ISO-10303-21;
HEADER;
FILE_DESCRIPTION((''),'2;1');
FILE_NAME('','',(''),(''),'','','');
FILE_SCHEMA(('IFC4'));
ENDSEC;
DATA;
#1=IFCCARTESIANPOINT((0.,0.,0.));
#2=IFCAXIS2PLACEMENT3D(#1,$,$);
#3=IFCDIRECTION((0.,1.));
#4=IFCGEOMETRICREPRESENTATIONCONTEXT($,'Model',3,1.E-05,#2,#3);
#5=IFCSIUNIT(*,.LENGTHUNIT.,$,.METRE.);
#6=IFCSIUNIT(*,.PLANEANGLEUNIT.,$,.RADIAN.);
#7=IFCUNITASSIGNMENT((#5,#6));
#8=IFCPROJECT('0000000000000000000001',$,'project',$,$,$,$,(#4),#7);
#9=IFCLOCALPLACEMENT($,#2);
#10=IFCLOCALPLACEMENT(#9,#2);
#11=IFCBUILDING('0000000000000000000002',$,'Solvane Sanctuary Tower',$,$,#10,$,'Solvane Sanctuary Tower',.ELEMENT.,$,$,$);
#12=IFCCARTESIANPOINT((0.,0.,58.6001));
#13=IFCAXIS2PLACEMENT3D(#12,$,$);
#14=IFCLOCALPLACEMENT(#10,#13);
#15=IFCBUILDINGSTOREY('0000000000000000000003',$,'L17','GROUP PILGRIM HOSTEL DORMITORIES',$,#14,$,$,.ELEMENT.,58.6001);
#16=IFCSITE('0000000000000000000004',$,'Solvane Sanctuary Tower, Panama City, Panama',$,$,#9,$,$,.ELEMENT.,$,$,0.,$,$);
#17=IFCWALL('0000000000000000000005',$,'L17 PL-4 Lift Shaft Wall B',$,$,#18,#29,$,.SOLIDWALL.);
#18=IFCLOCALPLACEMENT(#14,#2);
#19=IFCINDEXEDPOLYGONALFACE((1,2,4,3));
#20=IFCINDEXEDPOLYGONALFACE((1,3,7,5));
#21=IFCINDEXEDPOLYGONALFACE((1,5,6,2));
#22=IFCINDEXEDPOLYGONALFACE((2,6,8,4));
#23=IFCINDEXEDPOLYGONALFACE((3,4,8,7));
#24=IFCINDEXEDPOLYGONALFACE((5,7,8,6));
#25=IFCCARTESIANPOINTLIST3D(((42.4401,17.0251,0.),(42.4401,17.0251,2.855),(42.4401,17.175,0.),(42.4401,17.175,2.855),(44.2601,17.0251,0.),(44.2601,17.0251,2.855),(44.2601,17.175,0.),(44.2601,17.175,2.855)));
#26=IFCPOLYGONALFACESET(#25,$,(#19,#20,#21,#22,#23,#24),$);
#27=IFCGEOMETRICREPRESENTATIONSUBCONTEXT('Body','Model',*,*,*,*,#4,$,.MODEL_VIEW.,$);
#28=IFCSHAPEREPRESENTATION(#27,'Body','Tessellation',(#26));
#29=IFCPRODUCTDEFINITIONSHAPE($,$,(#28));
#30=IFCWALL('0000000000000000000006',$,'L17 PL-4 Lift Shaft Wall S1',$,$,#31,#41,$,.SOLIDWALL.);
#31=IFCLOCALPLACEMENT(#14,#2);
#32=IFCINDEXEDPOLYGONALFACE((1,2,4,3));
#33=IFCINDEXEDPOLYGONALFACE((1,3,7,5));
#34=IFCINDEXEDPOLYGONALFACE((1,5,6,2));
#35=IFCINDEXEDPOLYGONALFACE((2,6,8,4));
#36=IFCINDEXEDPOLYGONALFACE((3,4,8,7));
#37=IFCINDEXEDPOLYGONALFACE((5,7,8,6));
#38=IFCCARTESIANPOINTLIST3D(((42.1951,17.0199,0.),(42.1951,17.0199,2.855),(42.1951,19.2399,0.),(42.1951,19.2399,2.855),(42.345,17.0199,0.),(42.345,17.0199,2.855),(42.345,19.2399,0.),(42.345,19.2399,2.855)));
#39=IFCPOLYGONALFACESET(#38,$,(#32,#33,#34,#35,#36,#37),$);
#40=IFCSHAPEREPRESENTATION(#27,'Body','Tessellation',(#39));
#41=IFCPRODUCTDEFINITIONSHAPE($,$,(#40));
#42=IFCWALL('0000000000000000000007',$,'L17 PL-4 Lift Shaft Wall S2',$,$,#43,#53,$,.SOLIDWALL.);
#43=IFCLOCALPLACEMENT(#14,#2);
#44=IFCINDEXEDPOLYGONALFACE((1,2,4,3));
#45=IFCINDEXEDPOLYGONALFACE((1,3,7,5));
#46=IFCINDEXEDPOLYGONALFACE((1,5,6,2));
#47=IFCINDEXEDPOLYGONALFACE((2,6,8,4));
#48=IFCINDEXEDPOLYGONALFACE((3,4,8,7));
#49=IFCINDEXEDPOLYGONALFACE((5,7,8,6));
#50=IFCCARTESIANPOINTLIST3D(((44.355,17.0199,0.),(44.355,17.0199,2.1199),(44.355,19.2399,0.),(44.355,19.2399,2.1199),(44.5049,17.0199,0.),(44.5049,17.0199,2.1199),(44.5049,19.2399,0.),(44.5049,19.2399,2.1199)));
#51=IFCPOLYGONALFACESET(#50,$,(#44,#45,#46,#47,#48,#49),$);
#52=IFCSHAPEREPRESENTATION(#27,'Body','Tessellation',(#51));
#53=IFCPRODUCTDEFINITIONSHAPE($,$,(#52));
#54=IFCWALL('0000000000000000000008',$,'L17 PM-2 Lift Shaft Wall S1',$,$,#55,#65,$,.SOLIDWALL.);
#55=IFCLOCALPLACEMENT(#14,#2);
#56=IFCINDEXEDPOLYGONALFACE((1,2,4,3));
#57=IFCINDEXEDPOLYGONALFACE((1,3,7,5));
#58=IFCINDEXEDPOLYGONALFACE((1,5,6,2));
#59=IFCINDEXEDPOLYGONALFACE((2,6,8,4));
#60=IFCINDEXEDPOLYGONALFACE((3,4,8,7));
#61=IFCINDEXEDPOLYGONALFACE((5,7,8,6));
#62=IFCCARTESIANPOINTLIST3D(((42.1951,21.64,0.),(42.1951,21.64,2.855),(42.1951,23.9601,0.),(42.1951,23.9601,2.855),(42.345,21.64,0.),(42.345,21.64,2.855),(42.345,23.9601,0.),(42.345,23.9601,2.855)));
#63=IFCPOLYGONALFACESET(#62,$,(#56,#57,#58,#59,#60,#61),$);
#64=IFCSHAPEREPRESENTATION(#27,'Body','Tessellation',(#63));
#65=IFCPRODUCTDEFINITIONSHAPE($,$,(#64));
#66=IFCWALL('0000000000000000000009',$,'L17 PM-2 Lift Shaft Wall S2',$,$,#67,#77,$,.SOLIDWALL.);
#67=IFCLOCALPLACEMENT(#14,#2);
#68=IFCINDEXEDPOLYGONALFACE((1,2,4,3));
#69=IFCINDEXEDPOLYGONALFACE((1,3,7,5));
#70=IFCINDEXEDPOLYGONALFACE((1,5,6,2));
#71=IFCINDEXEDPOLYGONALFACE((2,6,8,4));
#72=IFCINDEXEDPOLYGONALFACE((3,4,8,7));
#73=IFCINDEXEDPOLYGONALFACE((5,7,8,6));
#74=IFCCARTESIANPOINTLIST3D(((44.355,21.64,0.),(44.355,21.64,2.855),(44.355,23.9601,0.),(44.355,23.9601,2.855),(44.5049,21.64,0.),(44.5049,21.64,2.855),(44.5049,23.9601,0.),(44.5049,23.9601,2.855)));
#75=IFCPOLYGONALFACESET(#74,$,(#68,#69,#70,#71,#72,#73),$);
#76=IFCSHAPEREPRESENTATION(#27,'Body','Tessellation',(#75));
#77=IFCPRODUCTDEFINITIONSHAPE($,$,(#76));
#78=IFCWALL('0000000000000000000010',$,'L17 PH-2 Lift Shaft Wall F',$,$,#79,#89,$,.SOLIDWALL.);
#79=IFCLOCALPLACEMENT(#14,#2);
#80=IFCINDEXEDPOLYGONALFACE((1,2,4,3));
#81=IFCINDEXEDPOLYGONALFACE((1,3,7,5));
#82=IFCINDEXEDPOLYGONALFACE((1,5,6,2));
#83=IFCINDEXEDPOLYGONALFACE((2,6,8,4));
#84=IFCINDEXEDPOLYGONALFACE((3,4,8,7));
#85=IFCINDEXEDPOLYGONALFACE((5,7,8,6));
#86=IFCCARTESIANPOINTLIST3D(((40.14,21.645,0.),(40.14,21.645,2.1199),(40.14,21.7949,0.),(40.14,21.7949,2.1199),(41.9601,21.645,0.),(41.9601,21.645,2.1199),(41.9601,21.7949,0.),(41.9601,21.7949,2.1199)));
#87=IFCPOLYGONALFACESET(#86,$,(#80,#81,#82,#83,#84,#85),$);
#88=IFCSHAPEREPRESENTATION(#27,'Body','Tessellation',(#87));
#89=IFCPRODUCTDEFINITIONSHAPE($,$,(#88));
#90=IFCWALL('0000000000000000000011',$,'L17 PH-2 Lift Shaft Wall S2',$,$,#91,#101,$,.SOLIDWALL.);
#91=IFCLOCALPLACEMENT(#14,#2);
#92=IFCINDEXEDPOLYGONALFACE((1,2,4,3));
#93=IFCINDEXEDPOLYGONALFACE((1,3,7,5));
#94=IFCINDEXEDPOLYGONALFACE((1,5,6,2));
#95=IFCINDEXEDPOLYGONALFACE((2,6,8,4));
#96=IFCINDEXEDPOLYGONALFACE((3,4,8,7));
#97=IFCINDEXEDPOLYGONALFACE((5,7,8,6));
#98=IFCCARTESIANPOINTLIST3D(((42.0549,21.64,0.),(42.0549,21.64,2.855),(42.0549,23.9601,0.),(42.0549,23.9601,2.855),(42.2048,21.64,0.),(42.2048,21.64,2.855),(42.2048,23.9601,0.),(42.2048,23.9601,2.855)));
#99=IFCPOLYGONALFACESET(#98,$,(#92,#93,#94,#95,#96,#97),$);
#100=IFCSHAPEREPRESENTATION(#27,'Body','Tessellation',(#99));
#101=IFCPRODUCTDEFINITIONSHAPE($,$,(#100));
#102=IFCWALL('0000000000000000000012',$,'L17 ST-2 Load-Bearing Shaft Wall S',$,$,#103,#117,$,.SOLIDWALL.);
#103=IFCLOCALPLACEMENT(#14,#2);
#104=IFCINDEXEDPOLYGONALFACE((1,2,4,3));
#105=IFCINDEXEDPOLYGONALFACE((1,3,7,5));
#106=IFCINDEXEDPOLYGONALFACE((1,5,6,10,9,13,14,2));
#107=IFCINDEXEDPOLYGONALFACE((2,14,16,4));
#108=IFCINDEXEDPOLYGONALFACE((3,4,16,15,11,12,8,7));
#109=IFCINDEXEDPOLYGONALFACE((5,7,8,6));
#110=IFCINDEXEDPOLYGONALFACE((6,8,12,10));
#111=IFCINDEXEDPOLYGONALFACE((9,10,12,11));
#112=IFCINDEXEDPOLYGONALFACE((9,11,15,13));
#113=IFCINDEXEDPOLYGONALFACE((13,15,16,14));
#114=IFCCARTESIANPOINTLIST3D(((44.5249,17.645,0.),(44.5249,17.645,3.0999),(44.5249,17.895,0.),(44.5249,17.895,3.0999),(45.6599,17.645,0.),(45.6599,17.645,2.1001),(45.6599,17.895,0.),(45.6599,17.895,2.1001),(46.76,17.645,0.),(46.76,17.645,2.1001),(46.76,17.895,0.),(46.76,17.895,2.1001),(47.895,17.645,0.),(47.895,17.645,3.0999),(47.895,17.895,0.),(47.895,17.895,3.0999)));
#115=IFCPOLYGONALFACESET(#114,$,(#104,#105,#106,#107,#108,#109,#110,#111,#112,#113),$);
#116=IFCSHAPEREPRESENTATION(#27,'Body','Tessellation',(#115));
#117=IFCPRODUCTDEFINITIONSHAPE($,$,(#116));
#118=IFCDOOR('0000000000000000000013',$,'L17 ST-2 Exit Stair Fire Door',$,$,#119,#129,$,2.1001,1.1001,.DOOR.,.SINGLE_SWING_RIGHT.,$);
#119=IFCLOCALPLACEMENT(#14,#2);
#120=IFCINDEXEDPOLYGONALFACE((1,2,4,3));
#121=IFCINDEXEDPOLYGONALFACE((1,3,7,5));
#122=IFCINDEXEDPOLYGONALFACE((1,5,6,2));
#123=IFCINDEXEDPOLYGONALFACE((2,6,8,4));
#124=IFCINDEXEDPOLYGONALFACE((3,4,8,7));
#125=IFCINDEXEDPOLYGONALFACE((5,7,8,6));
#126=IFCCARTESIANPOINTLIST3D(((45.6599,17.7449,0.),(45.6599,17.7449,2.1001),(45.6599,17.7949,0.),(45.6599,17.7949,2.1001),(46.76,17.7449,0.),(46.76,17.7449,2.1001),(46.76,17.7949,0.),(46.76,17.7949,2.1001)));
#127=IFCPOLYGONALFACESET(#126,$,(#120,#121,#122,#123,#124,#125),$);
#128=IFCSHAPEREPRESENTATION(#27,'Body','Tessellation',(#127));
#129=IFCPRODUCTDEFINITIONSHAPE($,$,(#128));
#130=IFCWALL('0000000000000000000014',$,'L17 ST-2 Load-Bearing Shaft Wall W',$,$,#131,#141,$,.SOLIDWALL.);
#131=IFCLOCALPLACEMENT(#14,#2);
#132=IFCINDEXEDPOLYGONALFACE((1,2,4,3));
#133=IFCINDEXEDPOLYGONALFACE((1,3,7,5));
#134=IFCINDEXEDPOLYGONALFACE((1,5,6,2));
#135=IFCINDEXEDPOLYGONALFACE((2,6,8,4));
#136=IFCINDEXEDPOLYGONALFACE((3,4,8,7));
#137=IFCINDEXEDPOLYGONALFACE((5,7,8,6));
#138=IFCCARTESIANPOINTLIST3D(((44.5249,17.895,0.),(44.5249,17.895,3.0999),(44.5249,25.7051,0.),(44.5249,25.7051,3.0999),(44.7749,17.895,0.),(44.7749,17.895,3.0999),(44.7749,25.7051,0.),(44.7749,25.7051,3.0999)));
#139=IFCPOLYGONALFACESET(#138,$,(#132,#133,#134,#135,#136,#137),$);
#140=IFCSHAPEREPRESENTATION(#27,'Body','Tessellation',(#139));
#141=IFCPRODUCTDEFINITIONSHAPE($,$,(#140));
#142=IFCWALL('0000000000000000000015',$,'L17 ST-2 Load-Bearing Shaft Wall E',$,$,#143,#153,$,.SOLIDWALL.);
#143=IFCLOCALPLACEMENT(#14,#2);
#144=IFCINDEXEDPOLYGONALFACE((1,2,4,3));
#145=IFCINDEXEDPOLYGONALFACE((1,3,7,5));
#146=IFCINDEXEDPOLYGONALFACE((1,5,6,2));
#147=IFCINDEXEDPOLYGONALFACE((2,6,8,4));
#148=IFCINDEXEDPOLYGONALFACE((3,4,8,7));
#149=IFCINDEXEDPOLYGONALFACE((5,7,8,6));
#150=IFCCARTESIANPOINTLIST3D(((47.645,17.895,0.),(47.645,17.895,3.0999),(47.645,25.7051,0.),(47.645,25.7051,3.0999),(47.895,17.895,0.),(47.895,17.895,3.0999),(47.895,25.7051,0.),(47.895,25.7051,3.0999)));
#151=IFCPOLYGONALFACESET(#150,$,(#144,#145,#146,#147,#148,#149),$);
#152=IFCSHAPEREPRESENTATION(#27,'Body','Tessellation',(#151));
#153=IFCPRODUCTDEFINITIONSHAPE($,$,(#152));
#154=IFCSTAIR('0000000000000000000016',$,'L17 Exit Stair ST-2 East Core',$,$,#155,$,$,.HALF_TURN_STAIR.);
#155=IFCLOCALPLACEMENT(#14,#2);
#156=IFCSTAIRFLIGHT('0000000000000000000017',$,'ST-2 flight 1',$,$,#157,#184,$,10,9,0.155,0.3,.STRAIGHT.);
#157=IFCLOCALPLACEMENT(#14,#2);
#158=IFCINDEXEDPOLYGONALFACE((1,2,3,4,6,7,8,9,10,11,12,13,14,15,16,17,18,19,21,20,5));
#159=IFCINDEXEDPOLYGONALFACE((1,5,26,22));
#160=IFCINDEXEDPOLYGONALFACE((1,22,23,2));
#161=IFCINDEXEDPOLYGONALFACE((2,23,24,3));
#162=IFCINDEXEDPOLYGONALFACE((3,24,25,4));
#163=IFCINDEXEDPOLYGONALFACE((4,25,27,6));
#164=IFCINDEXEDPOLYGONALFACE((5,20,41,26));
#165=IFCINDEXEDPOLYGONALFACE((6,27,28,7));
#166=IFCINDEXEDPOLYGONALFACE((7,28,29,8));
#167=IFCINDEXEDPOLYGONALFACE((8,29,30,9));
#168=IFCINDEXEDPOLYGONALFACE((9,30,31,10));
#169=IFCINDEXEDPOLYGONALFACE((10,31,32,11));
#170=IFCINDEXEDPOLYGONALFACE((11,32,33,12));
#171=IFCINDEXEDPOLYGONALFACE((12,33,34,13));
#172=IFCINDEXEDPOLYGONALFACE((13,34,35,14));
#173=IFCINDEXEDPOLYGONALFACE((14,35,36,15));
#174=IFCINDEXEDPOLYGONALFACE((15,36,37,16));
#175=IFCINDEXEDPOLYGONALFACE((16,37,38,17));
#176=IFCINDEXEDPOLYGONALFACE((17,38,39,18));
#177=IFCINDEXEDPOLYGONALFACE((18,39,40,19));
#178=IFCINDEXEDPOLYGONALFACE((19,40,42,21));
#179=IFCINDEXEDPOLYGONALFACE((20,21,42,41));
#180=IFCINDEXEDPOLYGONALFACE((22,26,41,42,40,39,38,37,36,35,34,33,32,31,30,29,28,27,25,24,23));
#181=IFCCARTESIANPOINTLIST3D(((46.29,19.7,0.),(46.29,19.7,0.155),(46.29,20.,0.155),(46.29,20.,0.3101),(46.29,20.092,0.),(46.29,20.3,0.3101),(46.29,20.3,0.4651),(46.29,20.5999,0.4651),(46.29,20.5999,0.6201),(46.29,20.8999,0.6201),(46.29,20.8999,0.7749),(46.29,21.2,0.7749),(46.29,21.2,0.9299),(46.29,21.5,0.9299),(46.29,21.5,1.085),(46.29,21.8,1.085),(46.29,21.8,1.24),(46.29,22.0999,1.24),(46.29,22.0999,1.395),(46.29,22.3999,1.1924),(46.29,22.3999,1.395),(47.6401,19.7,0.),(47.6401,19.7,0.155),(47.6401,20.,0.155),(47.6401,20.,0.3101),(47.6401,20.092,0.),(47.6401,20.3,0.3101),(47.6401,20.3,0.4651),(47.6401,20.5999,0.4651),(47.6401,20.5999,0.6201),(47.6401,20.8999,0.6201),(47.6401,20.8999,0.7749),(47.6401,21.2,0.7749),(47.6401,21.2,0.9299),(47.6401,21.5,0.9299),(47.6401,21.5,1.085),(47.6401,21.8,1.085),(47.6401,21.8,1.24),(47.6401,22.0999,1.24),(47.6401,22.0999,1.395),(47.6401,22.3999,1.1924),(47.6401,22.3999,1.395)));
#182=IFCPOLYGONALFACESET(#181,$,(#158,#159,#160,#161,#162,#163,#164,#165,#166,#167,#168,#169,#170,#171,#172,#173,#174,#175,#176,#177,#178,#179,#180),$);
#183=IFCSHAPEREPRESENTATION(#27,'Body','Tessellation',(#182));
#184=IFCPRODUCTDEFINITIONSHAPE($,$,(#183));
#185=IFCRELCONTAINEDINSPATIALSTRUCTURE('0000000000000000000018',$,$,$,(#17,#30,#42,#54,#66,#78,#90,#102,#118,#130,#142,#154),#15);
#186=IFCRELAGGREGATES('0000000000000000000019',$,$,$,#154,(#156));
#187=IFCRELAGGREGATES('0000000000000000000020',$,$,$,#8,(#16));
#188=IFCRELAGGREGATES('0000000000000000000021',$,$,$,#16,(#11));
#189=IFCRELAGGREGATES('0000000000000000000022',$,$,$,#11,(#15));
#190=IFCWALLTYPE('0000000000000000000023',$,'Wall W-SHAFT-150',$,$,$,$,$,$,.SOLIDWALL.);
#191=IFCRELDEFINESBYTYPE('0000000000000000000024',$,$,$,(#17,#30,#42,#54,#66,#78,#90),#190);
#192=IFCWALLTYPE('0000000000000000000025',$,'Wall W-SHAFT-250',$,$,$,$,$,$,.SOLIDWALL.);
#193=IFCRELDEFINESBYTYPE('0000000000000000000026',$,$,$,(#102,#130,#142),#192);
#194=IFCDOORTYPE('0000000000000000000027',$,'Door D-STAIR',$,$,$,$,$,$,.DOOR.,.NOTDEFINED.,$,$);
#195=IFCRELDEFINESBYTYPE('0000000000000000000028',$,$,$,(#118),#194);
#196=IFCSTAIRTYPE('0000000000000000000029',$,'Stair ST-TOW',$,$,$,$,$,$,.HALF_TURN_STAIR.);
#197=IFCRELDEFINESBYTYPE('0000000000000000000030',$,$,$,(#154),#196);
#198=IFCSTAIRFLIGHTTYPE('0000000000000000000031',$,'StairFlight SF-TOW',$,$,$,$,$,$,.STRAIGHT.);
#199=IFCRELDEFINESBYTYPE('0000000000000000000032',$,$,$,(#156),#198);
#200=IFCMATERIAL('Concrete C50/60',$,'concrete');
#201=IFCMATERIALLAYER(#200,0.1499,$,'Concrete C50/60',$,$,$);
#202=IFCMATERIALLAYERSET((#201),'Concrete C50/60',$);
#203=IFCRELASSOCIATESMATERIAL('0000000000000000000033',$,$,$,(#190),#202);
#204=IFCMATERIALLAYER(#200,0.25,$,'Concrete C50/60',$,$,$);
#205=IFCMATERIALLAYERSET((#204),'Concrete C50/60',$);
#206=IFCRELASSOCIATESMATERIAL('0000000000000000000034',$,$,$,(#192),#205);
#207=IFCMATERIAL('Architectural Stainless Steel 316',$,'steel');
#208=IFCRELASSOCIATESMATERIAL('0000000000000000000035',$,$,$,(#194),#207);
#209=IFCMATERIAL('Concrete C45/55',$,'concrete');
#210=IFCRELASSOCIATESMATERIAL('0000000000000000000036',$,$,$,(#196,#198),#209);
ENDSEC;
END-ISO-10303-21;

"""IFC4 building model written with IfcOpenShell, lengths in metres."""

from ifc_helpers import new_model, si_unit, direction, frame, frame_2d, origin, place, context, subcontext, project, spatial, polyline, rectangle, outline, extrude, material, layer, layer_set, type_object, element, fill, aggregate, save


model = new_model("IFC4")

# Units and contexts
model_context = context("Model", 3, precision=1e-05, world=origin(), true_north=direction((0.0, 1.0)))
body_context = subcontext(model_context, "Body", "Model", "MODEL_VIEW")
ifc_project = project(units=[si_unit("LENGTHUNIT", "METRE"), si_unit("PLANEANGLEUNIT", "RADIAN")], contexts=[model_context])

# Site, building, storey
site_placement = place(None, origin())
site = spatial("IfcSite", under=ifc_project, at=site_placement, Name="Solvane Sanctuary Tower, Panama City, Panama", CompositionType="ELEMENT", RefElevation=0.0)
building_placement = place(site_placement, origin())
building = spatial("IfcBuilding", under=site, at=building_placement, Name="Solvane Sanctuary Tower", LongName="Solvane Sanctuary Tower", CompositionType="ELEMENT")
storey_placement = place(building_placement, frame((0.0, 0.0, 58.6001)))
storey = spatial("IfcBuildingStorey", under=building, at=storey_placement, Name="L17", Description="GROUP PILGRIM HOSTEL DORMITORIES", CompositionType="ELEMENT", Elevation=58.6001)

# Shared definitions
ifc_material_1 = material(Name="Concrete C50/60", Category="concrete")
ifc_layer_1 = layer(ifc_material_1, 0.1499, Name="Concrete C50/60")
ifc_layer_set_1 = layer_set([ifc_layer_1], Name="Concrete C50/60")
wall_type_1 = type_object("IfcWallType", Name="Wall W-SHAFT-150", PredefinedType="SOLIDWALL", material=ifc_layer_set_1)
ifc_material_2 = material(Name="Architectural Stainless Steel 316", Category="steel")

# Walls
wall_1_placement = place(storey_placement, frame((42.4399, 17.1001, 0.0), z_axis=(0.0, 0.0, 1.0), x_axis=(1.0, 0.0, 0.0)))
element("IfcWall", 1, at=wall_1_placement, inside=storey, type_object=wall_type_1, Name="L17 PL-4 Lift Shaft Wall B", PredefinedType="SOLIDWALL", context=body_context, shape_type="SweptSolid", body=[
    extrude(rectangle(XDim=1.8201, YDim=0.1499, at=frame_2d((0.9102, 0.0))), origin(), (0.0, 0.0, 1.0), 2.855),
])
wall_2_placement = place(storey_placement, frame((42.27, 17.02, 0.0), z_axis=(0.0, 0.0, 1.0), x_axis=(0.0, 1.0, 0.0)))
element("IfcWall", 2, at=wall_2_placement, inside=storey, type_object=wall_type_1, Name="L17 PL-4 Lift Shaft Wall S1", PredefinedType="SOLIDWALL", context=body_context, shape_type="SweptSolid", body=[
    extrude(rectangle(XDim=2.22, YDim=0.1499, at=frame_2d((1.1099, 0.0))), origin(), (0.0, 0.0, 1.0), 2.855),
])
wall_3_placement = place(storey_placement, frame((44.4299, 17.02, 0.0), z_axis=(0.0, 0.0, 1.0), x_axis=(0.0, 1.0, 0.0)))
element("IfcWall", 3, at=wall_3_placement, inside=storey, type_object=wall_type_1, Name="L17 PL-4 Lift Shaft Wall S2", PredefinedType="SOLIDWALL", context=body_context, shape_type="SweptSolid", body=[
    extrude(rectangle(XDim=2.22, YDim=0.1499, at=frame_2d((1.1099, 0.0))), origin(), (0.0, 0.0, 1.0), 2.1199),
])
for number, where, z_axis, x_axis, name in (
    (4, (42.27, 21.6399, 0.0), (0.0, 0.0, 1.0), (0.0, 1.0, 0.0), "L17 PM-2 Lift Shaft Wall S1"),
    (5, (44.4299, 21.6399, 0.0), (0.0, 0.0, 1.0), (0.0, 1.0, 0.0), "L17 PM-2 Lift Shaft Wall S2"),
):
    element("IfcWall", number, at=place(storey_placement, frame(where, z_axis=z_axis, x_axis=x_axis)), inside=storey, type_object=wall_type_1, Name=name, PredefinedType="SOLIDWALL", context=body_context, shape_type="SweptSolid", body=[
        extrude(rectangle(XDim=2.3201, YDim=0.1499, at=frame_2d((1.1602, 0.0))), origin(), (0.0, 0.0, 1.0), 2.855),
    ])
wall_4_placement = place(storey_placement, frame((40.1399, 21.72, 0.0), z_axis=(0.0, 0.0, 1.0), x_axis=(1.0, 0.0, 0.0)))
element("IfcWall", 6, at=wall_4_placement, inside=storey, type_object=wall_type_1, Name="L17 PH-2 Lift Shaft Wall F", PredefinedType="SOLIDWALL", context=body_context, shape_type="SweptSolid", body=[
    extrude(rectangle(XDim=1.8201, YDim=0.1499, at=frame_2d((0.9102, 0.0))), origin(), (0.0, 0.0, 1.0), 2.1199),
])
wall_5_placement = place(storey_placement, frame((42.1299, 21.6399, 0.0), z_axis=(0.0, 0.0, 1.0), x_axis=(0.0, 1.0, 0.0)))
element("IfcWall", 7, at=wall_5_placement, inside=storey, type_object=wall_type_1, Name="L17 PH-2 Lift Shaft Wall S2", PredefinedType="SOLIDWALL", context=body_context, shape_type="SweptSolid", body=[
    extrude(rectangle(XDim=2.3201, YDim=0.1499, at=frame_2d((1.1602, 0.0))), origin(), (0.0, 0.0, 1.0), 2.855),
])

# Wall, opening, door
ifc_layer_2 = layer(ifc_material_1, 0.25, Name="Concrete C50/60")
ifc_layer_set_2 = layer_set([ifc_layer_2], Name="Concrete C50/60")
wall_type_2 = type_object("IfcWallType", Name="Wall W-SHAFT-250", PredefinedType="SOLIDWALL", material=ifc_layer_set_2)
wall_6_placement = place(storey_placement, frame((44.5249, 17.77, 0.0), z_axis=(0.0, 0.0, 1.0), x_axis=(1.0, 0.0, 0.0)))
wall_6 = element("IfcWall", 8, at=wall_6_placement, inside=storey, type_object=wall_type_2, Name="L17 ST-2 Load-Bearing Shaft Wall S", PredefinedType="SOLIDWALL", context=body_context, shape_type="SweptSolid", body=[
    extrude(rectangle(XDim=3.3701, YDim=0.25, at=frame_2d((1.6851, 0.0))), origin(), (0.0, 0.0, 1.0), 3.0999),
])
opening_1_placement = place(wall_6_placement, frame((1.135, 0.0, 0.0)))
opening_1 = element("IfcOpeningElement", 9, at=opening_1_placement, cuts=wall_6, PredefinedType="OPENING", context=body_context, shape_type="SweptSolid", body=[
    extrude(rectangle(XDim=1.1001, YDim=2.1001, at=frame_2d((0.55, 1.05))), frame((0.0, 0.135, 0.0), z_axis=(0.0, -1.0, 0.0), x_axis=(1.0, 0.0, 0.0)), (0.0, 0.0, 1.0), 0.27),
])
door_type_1 = type_object("IfcDoorType", Name="Door D-STAIR", OperationType="NOTDEFINED", PredefinedType="DOOR", material=ifc_material_2)
door_1_placement = place(opening_1_placement, origin())
door_1 = element("IfcDoor", 10, at=door_1_placement, inside=storey, type_object=door_type_1, Name="L17 ST-2 Exit Stair Fire Door", OperationType="SINGLE_SWING_RIGHT", OverallHeight=2.1001, OverallWidth=1.1001, PredefinedType="DOOR", context=body_context, shape_type="SweptSolid", body=[
    extrude(rectangle(XDim=1.1001, YDim=2.1001, at=frame_2d((0.55, 1.05))), frame((0.0, 0.0249, 0.0), z_axis=(0.0, -1.0, 0.0), x_axis=(1.0, 0.0, 0.0)), (0.0, 0.0, 1.0), 0.05),
])
fill(opening_1, door_1)

# Walls
for number, where, z_axis, x_axis, name in (
    (11, (44.6499, 17.895, 0.0), (0.0, 0.0, 1.0), (0.0, 1.0, 0.0), "L17 ST-2 Load-Bearing Shaft Wall W"),
    (12, (47.77, 17.895, 0.0), (0.0, 0.0, 1.0), (0.0, 1.0, 0.0), "L17 ST-2 Load-Bearing Shaft Wall E"),
):
    element("IfcWall", number, at=place(storey_placement, frame(where, z_axis=z_axis, x_axis=x_axis)), inside=storey, type_object=wall_type_2, Name=name, PredefinedType="SOLIDWALL", context=body_context, shape_type="SweptSolid", body=[
        extrude(rectangle(XDim=7.8101, YDim=0.25, at=frame_2d((3.905, 0.0))), origin(), (0.0, 0.0, 1.0), 3.0999),
    ])

# Stair, stair flight
ifc_material_3 = material(Name="Concrete C45/55", Category="concrete")
stair_type = type_object("IfcStairType", Name="Stair ST-TOW", PredefinedType="HALF_TURN_STAIR", material=ifc_material_3)
stair_placement = place(storey_placement, origin())
stair = element("IfcStair", 13, at=stair_placement, inside=storey, type_object=stair_type, Name="L17 Exit Stair ST-2 East Core", PredefinedType="HALF_TURN_STAIR")
stair_flight_type = type_object("IfcStairFlightType", Name="StairFlight SF-TOW", PredefinedType="STRAIGHT", material=ifc_material_3)
stair_flight_placement = place(storey_placement, frame((46.9651, 19.7, 0.0), z_axis=(0.0, 0.0, 1.0), x_axis=(0.0, 1.0, 0.0)))
stair_flight = element("IfcStairFlight", 14, at=stair_flight_placement, type_object=stair_flight_type, Name="ST-2 flight 1", NumberOfRisers=10, NumberOfTreads=9, PredefinedType="STRAIGHT", RiserHeight=0.155, TreadLength=0.3, context=body_context, shape_type="SweptSolid", body=[
    extrude(outline(polyline([(0.0, 0.0), (0.0, 0.155), (0.3, 0.155), (0.3, 0.3101), (0.6001, 0.3101), (0.6001, 0.4651), (0.8999, 0.4651), (0.8999, 0.6201), (1.2, 0.6201), (1.2, 0.7749), (1.5, 0.7749), (1.5, 0.9299), (1.8, 0.9299), (1.8, 1.085), (2.1001, 1.085), (2.1001, 1.24), (2.3999, 1.24), (2.3999, 1.395), (2.7, 1.395), (2.7, 1.55), (2.7, 1.1924), (0.3921, 0.0), (0.0, 0.0)])), frame((0.0, 0.675, 0.0), z_axis=(0.0, -1.0, 0.0), x_axis=(1.0, 0.0, 0.0)), (0.0, 0.0, 1.0), 1.3501),
])
aggregate(stair, [stair_flight])

save(model, "model.ifc")
